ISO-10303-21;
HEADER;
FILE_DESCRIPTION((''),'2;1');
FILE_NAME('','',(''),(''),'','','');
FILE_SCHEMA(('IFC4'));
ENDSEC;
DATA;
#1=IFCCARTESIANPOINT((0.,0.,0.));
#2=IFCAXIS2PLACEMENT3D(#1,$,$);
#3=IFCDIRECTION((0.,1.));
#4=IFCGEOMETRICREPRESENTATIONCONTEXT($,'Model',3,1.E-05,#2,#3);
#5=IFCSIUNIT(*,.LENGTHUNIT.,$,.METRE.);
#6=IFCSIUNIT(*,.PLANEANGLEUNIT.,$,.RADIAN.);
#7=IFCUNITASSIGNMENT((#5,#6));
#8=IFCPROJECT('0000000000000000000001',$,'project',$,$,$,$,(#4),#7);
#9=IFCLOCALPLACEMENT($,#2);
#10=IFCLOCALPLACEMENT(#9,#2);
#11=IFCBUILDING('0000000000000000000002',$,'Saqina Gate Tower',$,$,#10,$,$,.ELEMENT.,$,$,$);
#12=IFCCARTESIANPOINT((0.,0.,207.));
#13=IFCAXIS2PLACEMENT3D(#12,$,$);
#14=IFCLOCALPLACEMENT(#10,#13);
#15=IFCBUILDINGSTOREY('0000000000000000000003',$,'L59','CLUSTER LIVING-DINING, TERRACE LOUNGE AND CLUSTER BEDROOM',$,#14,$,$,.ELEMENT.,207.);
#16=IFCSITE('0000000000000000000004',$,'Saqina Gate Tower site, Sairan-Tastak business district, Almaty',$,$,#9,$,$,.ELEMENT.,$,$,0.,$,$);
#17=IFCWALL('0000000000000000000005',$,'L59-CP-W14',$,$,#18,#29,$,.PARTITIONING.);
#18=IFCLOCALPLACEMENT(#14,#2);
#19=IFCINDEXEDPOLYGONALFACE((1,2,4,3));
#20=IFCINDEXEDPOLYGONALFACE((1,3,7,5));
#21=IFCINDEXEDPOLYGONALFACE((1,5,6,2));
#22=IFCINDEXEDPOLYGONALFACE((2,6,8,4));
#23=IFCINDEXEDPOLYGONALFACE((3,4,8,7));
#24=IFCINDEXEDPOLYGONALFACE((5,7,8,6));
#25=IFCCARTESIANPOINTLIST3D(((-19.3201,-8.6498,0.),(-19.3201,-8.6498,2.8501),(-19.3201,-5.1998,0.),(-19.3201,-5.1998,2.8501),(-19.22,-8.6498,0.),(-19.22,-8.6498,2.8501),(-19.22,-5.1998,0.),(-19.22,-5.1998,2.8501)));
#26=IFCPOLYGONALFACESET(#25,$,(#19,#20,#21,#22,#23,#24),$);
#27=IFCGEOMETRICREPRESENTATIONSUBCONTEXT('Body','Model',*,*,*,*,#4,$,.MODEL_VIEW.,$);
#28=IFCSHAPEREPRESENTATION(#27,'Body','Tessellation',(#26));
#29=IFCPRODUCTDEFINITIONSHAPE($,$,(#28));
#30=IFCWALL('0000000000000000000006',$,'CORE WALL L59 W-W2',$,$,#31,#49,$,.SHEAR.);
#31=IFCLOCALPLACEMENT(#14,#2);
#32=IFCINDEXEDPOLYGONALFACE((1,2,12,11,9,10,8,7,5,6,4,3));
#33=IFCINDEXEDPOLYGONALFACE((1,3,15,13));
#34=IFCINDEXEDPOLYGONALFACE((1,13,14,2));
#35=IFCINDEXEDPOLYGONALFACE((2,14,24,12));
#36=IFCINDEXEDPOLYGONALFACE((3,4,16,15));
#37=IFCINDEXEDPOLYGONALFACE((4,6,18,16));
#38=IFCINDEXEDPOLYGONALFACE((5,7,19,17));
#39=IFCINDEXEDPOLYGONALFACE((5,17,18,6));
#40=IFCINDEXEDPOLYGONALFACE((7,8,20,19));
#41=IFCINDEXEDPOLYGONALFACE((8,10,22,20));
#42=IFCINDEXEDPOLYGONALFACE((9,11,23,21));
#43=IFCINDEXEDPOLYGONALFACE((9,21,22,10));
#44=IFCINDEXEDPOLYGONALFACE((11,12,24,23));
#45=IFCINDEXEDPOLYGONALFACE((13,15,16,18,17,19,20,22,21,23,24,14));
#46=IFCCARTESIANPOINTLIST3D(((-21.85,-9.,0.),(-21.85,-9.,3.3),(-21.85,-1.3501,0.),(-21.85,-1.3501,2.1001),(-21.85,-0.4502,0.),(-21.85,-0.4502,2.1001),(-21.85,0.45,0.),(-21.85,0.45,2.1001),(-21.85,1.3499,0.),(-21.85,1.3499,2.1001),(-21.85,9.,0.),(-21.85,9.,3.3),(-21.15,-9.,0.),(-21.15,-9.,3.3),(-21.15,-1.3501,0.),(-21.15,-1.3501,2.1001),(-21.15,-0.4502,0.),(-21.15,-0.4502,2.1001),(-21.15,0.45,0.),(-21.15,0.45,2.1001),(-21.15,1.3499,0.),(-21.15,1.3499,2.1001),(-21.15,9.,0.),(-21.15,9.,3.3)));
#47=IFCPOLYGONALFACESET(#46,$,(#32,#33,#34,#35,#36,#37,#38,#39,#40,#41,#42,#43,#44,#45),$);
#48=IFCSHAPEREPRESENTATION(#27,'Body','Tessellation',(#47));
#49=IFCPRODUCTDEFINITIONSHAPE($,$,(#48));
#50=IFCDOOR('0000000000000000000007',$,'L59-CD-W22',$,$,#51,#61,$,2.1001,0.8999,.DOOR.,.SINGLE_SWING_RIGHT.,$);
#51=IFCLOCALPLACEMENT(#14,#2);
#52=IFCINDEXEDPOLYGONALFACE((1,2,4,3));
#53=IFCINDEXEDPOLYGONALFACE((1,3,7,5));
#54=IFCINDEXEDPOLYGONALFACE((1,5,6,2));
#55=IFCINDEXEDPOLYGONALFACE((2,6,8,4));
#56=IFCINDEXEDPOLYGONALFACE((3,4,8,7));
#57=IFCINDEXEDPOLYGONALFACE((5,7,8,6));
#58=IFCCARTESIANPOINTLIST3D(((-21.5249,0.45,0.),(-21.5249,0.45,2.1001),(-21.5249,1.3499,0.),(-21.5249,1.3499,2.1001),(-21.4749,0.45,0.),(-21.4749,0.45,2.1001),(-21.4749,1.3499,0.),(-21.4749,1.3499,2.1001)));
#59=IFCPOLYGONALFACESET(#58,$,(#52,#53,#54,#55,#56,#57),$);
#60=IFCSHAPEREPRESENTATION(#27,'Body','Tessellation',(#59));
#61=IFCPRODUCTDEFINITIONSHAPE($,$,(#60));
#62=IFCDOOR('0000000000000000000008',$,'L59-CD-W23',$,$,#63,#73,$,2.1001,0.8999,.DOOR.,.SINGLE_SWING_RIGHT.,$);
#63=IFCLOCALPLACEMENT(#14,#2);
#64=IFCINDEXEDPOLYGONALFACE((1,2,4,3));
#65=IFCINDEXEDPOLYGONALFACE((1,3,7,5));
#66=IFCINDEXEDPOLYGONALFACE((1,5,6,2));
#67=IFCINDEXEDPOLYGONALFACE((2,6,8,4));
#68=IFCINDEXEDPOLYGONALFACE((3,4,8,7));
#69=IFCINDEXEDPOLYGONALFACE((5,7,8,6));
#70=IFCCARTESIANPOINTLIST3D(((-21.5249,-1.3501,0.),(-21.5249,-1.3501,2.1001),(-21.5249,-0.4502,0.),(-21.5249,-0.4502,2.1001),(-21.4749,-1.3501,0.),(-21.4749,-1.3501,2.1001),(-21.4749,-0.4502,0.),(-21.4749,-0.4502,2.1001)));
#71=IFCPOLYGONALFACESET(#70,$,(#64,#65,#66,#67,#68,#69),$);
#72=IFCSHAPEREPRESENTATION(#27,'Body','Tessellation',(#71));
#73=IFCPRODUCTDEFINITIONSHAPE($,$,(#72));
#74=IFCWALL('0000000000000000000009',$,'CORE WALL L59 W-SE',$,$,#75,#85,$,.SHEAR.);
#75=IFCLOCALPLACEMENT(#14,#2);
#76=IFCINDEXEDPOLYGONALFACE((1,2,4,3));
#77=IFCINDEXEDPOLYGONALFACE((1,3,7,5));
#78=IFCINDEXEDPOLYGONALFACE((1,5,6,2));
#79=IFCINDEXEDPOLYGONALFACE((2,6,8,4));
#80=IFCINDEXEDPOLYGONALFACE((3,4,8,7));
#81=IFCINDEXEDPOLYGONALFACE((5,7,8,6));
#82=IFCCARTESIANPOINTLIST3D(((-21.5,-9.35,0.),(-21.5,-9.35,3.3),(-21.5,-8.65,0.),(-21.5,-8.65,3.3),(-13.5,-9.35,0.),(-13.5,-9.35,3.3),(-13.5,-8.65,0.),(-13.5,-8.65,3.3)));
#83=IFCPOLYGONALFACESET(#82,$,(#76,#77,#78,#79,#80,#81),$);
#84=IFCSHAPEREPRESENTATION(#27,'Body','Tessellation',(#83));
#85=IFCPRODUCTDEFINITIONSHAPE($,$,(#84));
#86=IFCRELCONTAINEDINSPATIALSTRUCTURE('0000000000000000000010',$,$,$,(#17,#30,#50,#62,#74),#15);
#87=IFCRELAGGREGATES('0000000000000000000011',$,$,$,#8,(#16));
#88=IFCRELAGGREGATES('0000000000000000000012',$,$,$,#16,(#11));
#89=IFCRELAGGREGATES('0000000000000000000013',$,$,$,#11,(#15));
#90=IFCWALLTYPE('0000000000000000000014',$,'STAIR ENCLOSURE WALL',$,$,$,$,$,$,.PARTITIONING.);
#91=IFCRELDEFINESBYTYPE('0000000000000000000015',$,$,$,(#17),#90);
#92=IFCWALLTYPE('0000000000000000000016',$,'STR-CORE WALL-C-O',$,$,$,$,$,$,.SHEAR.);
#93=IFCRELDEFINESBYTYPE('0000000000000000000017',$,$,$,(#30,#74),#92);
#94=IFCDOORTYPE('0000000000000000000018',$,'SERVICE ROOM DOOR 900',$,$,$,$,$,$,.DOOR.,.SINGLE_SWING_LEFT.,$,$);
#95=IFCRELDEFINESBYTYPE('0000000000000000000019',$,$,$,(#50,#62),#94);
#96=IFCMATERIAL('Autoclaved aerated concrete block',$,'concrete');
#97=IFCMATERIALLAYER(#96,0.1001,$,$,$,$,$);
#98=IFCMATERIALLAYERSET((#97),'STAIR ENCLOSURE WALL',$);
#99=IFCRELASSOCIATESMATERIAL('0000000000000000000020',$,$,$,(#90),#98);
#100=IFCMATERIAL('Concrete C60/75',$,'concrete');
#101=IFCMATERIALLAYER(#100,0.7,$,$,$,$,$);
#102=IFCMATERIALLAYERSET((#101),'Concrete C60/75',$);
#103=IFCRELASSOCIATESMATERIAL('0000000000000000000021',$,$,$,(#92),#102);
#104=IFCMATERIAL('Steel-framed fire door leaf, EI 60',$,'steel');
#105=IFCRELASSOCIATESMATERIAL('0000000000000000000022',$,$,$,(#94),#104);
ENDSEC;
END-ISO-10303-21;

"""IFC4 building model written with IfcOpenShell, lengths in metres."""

from ifc_helpers import new_model, si_unit, direction, frame, frame_2d, origin, place, context, subcontext, project, spatial, rectangle, extrude, material, layer, layer_set, type_object, element, fill, save


model = new_model("IFC4")

# Units and contexts
model_context = context("Model", 3, precision=1e-05, world=origin(), true_north=direction((0.0, 1.0)))
body_context = subcontext(model_context, "Body", "Model", "MODEL_VIEW")
ifc_project = project(units=[si_unit("LENGTHUNIT", "METRE"), si_unit("PLANEANGLEUNIT", "RADIAN")], contexts=[model_context])

# Site, building, storey
site_placement = place(None, origin())
site = spatial("IfcSite", under=ifc_project, at=site_placement, Name="Saqina Gate Tower site, Sairan-Tastak business district, Almaty", CompositionType="ELEMENT", RefElevation=0.0)
building_placement = place(site_placement, origin())
building = spatial("IfcBuilding", under=site, at=building_placement, Name="Saqina Gate Tower", CompositionType="ELEMENT")
storey_placement = place(building_placement, frame((0.0, 0.0, 207.0)))
storey = spatial("IfcBuildingStorey", under=building, at=storey_placement, Name="L59", Description="CLUSTER LIVING-DINING, TERRACE LOUNGE AND CLUSTER BEDROOM", CompositionType="ELEMENT", Elevation=207.0)

# Wall
ifc_material_1 = material(Name="Autoclaved aerated concrete block", Category="concrete")
ifc_layer_1 = layer(ifc_material_1, 0.1001)
ifc_layer_set_1 = layer_set([ifc_layer_1], Name="STAIR ENCLOSURE WALL")
wall_type_1 = type_object("IfcWallType", Name="STAIR ENCLOSURE WALL", PredefinedType="PARTITIONING", material=ifc_layer_set_1)
wall_1_placement = place(storey_placement, frame((-19.27, -8.6499, 0.0), z_axis=(0.0, 0.0, 1.0), x_axis=(0.0, 1.0, 0.0)))
element("IfcWall", 1, at=wall_1_placement, inside=storey, type_object=wall_type_1, Name="L59-CP-W14", PredefinedType="PARTITIONING", context=body_context, shape_type="SweptSolid", body=[
    extrude(rectangle(XDim=3.45, YDim=0.1001, at=frame_2d((1.7251, 0.0))), origin(), (0.0, 0.0, 1.0), 2.8501),
])

# Wall, openings, doors
ifc_material_2 = material(Name="Concrete C60/75", Category="concrete")
ifc_layer_2 = layer(ifc_material_2, 0.7)
ifc_layer_set_2 = layer_set([ifc_layer_2], Name="Concrete C60/75")
wall_type_2 = type_object("IfcWallType", Name="STR-CORE WALL-C-O", PredefinedType="SHEAR", material=ifc_layer_set_2)
wall_2_placement = place(storey_placement, frame((-21.5, -9.0, 0.0), z_axis=(0.0, 0.0, 1.0), x_axis=(0.0, 1.0, 0.0)))
wall_2 = element("IfcWall", 2, at=wall_2_placement, inside=storey, type_object=wall_type_2, Name="CORE WALL L59 W-W2", PredefinedType="SHEAR", context=body_context, shape_type="SweptSolid", body=[
    extrude(rectangle(XDim=18.0, YDim=0.7, at=frame_2d((9.0, 0.0))), origin(), (0.0, 0.0, 1.0), 3.3),
])
opening_1_placement = place(wall_2_placement, frame((9.45, 0.0, 0.0)))
opening_1 = element("IfcOpeningElement", 3, at=opening_1_placement, cuts=wall_2, PredefinedType="OPENING", context=body_context, shape_type="SweptSolid", body=[
    extrude(rectangle(XDim=0.8999, YDim=2.1001, at=frame_2d((0.45, 1.05))), frame((0.0, 0.3621, 0.0), z_axis=(0.0, -1.0, 0.0), x_axis=(1.0, 0.0, 0.0)), (0.0, 0.0, 1.0), 0.7239),
])
opening_2_placement = place(wall_2_placement, frame((7.6499, 0.0, 0.0)))
opening_2 = element("IfcOpeningElement", 4, at=opening_2_placement, cuts=wall_2, PredefinedType="OPENING", context=body_context, shape_type="SweptSolid", body=[
    extrude(rectangle(XDim=0.8999, YDim=2.1001, at=frame_2d((0.45, 1.05))), frame((0.0, 0.3621, 0.0), z_axis=(0.0, -1.0, 0.0), x_axis=(1.0, 0.0, 0.0)), (0.0, 0.0, 1.0), 0.7239),
])
ifc_material_3 = material(Name="Steel-framed fire door leaf, EI 60", Category="steel")
door_type_1 = type_object("IfcDoorType", Name="SERVICE ROOM DOOR 900", OperationType="SINGLE_SWING_LEFT", PredefinedType="DOOR", material=ifc_material_3)
door_1_placement = place(opening_1_placement, origin())
door_1 = element("IfcDoor", 5, at=door_1_placement, inside=storey, type_object=door_type_1, Name="L59-CD-W22", OperationType="SINGLE_SWING_RIGHT", OverallHeight=2.1001, OverallWidth=0.8999, PredefinedType="DOOR", context=body_context, shape_type="SweptSolid", body=[
    extrude(rectangle(XDim=0.8999, YDim=2.1001, at=frame_2d((0.45, 1.05))), frame((0.0, 0.0249, 0.0), z_axis=(0.0, -1.0, 0.0), x_axis=(1.0, 0.0, 0.0)), (0.0, 0.0, 1.0), 0.05),
])
fill(opening_1, door_1)
door_2_placement = place(opening_2_placement, origin())
door_2 = element("IfcDoor", 6, at=door_2_placement, inside=storey, type_object=door_type_1, Name="L59-CD-W23", OperationType="SINGLE_SWING_RIGHT", OverallHeight=2.1001, OverallWidth=0.8999, PredefinedType="DOOR", context=body_context, shape_type="SweptSolid", body=[
    extrude(rectangle(XDim=0.8999, YDim=2.1001, at=frame_2d((0.45, 1.05))), frame((0.0, 0.0249, 0.0), z_axis=(0.0, -1.0, 0.0), x_axis=(1.0, 0.0, 0.0)), (0.0, 0.0, 1.0), 0.05),
])
fill(opening_2, door_2)

# Wall
wall_3_placement = place(storey_placement, frame((-13.5, -9.0, 0.0), z_axis=(0.0, 0.0, 1.0), x_axis=(-1.0, 0.0, 0.0)))
element("IfcWall", 7, at=wall_3_placement, inside=storey, type_object=wall_type_2, Name="CORE WALL L59 W-SE", PredefinedType="SHEAR", context=body_context, shape_type="SweptSolid", body=[
    extrude(rectangle(XDim=8.0, YDim=0.7, at=frame_2d((4.0, 0.0))), origin(), (0.0, 0.0, 1.0), 3.3),
])

save(model, "model.ifc")
